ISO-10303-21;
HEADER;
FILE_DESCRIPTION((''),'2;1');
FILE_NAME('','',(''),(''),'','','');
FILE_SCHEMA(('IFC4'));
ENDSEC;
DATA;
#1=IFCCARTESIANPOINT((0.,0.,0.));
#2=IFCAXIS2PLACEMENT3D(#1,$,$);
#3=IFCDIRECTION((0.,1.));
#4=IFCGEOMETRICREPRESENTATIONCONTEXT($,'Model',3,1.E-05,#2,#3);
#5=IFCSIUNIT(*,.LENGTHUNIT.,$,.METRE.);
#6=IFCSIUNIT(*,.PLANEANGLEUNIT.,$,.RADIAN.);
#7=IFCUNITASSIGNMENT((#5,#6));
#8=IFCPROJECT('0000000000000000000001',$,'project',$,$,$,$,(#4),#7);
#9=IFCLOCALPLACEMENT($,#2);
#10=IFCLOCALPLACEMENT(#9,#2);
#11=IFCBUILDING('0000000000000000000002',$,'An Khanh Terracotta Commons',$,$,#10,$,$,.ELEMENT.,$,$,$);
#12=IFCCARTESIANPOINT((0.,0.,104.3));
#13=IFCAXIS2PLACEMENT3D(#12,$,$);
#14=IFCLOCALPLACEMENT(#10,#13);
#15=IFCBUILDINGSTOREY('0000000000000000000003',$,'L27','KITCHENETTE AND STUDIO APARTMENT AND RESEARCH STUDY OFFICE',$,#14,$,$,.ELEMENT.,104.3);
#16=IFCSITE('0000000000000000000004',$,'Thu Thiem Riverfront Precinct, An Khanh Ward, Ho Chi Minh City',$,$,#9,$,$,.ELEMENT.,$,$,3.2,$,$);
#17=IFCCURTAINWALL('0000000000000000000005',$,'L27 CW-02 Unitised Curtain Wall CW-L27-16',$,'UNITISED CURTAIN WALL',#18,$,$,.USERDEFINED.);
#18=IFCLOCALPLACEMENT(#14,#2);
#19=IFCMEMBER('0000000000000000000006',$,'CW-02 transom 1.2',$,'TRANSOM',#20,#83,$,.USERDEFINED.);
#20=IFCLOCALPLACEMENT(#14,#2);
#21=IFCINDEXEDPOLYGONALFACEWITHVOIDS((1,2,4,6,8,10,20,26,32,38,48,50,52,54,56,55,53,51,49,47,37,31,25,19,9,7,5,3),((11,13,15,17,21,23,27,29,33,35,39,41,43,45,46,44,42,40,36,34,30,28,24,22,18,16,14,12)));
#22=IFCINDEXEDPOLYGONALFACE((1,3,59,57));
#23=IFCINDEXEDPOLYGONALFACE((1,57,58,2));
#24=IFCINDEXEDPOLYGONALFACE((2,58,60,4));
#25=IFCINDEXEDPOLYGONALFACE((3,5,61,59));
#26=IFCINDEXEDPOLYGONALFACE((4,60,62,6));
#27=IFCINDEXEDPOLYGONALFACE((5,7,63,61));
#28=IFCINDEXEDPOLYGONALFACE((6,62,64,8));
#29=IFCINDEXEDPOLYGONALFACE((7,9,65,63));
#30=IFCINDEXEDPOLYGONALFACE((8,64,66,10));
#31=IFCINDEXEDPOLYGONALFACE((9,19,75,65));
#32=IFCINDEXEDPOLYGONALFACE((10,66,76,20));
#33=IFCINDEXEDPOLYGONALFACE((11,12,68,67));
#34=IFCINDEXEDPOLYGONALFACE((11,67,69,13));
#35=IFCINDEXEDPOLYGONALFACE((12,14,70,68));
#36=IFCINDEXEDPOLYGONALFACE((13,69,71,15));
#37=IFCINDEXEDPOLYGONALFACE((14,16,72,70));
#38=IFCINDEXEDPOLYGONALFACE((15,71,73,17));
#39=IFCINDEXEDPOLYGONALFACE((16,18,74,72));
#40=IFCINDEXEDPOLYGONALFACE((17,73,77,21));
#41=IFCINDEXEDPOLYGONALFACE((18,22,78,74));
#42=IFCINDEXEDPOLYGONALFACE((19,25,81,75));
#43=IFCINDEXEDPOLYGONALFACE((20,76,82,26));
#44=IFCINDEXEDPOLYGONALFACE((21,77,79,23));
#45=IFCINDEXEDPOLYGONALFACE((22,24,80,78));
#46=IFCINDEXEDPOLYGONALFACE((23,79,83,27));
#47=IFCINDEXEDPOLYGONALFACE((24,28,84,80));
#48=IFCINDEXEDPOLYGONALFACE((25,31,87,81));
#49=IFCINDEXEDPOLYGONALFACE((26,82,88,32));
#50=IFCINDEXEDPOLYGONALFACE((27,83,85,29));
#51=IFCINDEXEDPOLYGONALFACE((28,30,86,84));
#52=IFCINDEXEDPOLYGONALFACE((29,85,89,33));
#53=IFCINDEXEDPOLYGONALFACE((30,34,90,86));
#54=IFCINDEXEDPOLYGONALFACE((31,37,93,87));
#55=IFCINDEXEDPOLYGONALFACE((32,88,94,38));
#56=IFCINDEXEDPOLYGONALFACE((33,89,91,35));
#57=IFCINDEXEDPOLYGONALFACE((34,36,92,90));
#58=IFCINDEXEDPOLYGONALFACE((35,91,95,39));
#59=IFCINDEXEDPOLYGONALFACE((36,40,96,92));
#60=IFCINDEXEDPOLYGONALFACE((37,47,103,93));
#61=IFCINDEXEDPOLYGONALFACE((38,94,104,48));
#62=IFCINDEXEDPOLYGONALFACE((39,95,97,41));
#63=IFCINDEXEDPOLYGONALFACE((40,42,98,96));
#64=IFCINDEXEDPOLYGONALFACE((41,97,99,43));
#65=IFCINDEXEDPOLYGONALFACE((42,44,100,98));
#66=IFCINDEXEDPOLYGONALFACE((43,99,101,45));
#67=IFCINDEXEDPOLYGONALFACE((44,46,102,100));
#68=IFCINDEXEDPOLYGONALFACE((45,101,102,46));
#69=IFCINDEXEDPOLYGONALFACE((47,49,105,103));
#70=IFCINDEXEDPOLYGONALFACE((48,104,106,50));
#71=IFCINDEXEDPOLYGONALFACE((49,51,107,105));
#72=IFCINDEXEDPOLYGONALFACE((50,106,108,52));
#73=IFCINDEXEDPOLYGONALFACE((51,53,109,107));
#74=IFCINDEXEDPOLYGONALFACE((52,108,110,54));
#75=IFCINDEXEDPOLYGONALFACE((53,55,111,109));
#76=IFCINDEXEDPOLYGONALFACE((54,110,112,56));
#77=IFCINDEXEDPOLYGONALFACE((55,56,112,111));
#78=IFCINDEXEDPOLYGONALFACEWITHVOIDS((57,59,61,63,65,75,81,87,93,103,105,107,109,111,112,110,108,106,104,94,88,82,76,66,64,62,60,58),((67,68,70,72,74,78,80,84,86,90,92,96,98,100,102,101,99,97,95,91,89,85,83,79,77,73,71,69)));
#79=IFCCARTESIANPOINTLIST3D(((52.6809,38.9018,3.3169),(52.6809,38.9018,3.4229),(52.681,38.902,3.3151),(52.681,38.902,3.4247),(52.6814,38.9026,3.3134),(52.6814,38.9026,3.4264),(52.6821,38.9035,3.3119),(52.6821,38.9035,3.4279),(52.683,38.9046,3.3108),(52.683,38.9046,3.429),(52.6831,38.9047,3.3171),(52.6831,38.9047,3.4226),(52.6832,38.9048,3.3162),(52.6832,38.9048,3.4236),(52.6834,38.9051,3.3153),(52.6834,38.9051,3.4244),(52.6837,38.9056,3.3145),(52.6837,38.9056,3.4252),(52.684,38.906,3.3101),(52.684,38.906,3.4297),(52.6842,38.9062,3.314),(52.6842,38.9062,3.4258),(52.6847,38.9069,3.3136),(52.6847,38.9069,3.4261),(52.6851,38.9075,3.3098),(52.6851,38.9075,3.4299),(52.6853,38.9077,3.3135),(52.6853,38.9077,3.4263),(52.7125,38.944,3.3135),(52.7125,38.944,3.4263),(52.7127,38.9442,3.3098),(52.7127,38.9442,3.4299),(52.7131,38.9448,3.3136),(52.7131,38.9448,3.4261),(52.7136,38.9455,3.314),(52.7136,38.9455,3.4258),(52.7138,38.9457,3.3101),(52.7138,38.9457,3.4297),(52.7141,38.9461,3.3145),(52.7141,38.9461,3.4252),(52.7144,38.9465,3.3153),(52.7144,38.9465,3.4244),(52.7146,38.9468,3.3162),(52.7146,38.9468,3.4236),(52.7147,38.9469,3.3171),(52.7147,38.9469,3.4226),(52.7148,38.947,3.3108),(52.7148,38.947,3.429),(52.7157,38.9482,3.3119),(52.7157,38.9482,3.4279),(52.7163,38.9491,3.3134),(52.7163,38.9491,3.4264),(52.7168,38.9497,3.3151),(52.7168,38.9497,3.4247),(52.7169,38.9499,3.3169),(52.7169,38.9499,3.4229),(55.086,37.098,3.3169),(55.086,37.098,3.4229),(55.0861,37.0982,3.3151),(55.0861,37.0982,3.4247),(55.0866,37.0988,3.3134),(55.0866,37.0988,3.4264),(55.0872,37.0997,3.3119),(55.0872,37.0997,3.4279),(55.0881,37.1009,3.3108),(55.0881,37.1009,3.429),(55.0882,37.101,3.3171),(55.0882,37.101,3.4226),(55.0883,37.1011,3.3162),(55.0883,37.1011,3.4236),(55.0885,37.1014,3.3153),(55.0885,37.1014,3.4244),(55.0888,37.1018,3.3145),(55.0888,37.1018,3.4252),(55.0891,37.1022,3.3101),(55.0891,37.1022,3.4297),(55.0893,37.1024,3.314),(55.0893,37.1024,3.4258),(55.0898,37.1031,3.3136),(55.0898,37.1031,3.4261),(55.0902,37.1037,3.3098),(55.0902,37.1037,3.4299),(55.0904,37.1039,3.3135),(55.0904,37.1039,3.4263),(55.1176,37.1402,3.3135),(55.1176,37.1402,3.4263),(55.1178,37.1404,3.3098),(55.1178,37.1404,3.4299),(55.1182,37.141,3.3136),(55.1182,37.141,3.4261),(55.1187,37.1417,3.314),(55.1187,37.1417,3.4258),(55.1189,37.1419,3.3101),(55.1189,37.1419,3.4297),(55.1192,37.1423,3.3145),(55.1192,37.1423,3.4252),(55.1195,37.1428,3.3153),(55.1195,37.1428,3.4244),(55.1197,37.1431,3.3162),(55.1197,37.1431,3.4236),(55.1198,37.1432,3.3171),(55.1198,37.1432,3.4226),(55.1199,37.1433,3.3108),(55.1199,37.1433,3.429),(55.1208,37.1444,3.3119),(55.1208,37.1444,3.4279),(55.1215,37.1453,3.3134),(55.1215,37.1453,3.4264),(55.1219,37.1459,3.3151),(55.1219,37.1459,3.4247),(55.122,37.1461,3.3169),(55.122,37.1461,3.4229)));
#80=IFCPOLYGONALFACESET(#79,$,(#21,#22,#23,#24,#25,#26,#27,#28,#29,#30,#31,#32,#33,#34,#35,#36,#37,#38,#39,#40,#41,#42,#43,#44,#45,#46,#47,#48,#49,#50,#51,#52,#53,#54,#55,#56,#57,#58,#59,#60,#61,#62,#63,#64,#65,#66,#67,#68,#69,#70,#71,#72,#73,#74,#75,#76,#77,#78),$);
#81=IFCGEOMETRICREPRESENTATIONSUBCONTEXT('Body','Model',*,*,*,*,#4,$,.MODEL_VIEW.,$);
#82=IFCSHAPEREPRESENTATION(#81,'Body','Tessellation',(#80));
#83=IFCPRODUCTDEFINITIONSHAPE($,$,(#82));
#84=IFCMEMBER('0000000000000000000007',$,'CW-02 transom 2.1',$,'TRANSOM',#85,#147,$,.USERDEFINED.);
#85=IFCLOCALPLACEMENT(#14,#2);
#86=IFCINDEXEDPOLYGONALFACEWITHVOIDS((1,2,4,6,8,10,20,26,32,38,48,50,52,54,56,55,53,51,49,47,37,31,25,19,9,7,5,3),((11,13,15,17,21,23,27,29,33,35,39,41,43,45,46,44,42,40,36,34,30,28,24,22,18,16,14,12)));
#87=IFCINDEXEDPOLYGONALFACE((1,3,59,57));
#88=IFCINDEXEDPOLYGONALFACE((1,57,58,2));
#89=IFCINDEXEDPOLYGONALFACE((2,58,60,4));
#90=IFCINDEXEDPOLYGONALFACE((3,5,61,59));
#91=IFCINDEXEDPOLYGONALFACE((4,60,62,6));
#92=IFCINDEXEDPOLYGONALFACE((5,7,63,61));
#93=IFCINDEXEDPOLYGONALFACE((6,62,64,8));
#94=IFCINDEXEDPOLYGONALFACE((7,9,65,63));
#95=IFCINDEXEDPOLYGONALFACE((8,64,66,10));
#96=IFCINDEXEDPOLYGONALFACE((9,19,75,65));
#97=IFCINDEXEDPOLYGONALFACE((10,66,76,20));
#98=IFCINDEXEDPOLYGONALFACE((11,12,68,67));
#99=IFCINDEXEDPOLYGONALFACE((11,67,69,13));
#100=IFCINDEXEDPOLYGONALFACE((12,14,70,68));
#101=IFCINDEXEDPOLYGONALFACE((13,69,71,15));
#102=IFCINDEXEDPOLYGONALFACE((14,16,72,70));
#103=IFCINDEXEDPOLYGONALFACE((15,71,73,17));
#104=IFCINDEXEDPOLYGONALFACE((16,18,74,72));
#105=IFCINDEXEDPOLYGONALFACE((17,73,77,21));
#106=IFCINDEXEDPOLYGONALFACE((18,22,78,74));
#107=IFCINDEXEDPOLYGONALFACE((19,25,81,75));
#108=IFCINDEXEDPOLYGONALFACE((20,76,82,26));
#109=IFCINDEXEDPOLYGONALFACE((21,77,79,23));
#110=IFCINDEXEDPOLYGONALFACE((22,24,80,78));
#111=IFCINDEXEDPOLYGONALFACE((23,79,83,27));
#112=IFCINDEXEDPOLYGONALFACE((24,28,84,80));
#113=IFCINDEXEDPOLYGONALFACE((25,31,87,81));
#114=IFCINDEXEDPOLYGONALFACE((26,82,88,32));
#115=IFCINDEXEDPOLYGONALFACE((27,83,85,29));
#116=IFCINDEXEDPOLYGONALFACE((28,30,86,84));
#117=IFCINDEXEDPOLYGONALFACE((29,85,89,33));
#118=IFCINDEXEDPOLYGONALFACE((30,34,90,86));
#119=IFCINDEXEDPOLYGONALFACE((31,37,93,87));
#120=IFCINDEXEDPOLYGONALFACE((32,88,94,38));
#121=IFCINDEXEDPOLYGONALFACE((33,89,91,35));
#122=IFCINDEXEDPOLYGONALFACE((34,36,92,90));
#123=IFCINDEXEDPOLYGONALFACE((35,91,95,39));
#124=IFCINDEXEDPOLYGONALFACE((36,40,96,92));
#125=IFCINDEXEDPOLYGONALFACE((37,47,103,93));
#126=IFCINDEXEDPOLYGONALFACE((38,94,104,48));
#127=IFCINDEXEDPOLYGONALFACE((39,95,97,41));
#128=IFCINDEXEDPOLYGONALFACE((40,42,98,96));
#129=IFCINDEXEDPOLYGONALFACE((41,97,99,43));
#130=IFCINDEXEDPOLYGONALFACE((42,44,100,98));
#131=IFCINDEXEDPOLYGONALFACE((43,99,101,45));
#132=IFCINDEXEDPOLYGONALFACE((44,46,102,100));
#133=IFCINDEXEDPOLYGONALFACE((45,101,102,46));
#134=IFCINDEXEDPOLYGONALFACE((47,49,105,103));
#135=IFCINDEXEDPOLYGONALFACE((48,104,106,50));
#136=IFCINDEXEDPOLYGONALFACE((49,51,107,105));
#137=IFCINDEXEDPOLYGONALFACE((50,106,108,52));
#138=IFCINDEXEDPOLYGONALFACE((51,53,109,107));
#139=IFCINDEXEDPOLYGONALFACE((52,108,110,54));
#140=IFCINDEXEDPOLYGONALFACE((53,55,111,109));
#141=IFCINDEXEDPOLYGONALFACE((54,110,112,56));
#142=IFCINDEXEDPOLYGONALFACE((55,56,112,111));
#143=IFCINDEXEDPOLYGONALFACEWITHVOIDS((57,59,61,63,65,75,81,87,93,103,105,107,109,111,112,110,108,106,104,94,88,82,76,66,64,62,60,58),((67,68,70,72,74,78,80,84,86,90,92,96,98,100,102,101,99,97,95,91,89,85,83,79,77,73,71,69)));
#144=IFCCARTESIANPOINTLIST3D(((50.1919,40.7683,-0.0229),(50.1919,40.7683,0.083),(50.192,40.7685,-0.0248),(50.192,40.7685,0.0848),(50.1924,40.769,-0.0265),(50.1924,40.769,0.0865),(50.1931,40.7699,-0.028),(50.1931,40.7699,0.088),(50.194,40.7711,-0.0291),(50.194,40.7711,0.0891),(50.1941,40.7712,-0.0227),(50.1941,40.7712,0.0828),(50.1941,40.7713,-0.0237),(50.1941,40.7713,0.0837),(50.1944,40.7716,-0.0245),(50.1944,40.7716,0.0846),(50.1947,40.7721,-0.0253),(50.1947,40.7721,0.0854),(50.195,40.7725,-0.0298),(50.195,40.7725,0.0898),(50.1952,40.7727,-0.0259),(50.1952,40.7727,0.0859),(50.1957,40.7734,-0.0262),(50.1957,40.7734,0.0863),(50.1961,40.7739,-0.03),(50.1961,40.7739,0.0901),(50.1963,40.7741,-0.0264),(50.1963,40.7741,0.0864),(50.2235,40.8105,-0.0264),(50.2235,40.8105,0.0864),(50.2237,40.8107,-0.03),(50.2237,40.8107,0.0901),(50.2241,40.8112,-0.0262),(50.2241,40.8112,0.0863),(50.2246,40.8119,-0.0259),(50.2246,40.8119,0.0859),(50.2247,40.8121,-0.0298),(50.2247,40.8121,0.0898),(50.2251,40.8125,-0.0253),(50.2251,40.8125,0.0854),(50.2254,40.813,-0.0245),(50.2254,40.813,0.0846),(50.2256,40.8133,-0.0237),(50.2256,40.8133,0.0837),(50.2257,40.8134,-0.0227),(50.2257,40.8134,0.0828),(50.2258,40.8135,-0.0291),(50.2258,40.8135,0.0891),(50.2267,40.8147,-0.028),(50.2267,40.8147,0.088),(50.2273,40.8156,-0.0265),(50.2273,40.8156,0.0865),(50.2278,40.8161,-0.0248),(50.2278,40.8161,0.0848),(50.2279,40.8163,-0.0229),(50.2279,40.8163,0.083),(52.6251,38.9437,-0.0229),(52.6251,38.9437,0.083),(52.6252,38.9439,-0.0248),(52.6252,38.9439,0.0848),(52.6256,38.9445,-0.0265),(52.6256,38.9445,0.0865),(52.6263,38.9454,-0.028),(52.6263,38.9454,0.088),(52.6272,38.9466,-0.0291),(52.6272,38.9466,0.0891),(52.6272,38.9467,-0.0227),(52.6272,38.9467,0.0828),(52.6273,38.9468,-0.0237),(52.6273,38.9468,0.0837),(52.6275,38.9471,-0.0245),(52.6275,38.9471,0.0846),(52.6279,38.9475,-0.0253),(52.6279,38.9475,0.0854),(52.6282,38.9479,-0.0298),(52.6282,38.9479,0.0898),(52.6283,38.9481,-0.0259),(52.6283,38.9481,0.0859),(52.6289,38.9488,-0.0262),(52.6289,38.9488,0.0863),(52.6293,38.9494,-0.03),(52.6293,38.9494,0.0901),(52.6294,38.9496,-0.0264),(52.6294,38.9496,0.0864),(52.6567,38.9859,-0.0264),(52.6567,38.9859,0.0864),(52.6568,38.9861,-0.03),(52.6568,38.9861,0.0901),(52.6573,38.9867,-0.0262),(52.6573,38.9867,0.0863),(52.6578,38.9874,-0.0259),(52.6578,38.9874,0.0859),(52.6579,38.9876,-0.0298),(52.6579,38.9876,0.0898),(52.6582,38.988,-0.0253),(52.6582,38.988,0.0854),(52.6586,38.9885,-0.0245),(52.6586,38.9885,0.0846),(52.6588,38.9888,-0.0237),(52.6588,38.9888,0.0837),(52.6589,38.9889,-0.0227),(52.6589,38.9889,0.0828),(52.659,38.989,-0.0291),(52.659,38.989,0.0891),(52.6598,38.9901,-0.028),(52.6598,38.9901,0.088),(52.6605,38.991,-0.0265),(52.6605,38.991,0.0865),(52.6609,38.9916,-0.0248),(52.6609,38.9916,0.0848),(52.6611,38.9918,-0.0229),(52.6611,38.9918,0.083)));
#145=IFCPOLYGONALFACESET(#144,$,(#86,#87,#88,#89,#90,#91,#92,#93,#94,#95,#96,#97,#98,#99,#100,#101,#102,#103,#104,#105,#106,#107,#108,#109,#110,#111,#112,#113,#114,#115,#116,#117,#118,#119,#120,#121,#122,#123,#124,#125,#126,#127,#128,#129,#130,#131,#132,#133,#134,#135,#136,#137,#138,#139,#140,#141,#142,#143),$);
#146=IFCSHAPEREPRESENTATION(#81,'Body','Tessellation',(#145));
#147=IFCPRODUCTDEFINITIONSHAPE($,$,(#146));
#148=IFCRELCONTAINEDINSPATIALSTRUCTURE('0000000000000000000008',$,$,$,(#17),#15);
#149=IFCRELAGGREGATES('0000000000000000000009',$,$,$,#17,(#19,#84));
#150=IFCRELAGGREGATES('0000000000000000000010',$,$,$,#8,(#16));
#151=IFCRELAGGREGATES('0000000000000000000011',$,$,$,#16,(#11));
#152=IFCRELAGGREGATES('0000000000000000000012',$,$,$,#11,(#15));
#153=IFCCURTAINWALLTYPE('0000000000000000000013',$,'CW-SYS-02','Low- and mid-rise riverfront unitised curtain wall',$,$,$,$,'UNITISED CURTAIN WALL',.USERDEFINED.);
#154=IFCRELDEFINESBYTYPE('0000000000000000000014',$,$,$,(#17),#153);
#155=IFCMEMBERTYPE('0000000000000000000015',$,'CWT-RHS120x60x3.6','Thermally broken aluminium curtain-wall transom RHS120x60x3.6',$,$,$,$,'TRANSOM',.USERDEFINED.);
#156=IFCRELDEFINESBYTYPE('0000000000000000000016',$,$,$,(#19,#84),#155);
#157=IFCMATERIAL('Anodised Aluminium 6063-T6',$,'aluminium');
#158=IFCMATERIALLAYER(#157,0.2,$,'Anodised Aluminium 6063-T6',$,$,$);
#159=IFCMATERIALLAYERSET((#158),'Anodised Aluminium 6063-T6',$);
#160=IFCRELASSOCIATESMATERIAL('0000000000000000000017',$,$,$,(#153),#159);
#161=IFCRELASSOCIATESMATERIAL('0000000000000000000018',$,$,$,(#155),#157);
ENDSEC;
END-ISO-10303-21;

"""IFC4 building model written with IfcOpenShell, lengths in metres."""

from ifc_helpers import new_model, si_unit, direction, frame, origin, origin_2d, place, context, subcontext, project, spatial, hollow_rectangle, extrude, material, layer, layer_set, material_profile, profile_set, type_object, element, aggregate, save


model = new_model("IFC4")

# Units and contexts
model_context = context("Model", 3, precision=1e-05, world=origin(), true_north=direction((0.0, 1.0)))
body_context = subcontext(model_context, "Body", "Model", "MODEL_VIEW")
ifc_project = project(units=[si_unit("LENGTHUNIT", "METRE"), si_unit("PLANEANGLEUNIT", "RADIAN")], contexts=[model_context])

# Site, building, storey
site_placement = place(None, origin())
site = spatial("IfcSite", under=ifc_project, at=site_placement, Name="Thu Thiem Riverfront Precinct, An Khanh Ward, Ho Chi Minh City", CompositionType="ELEMENT", RefElevation=3.2)
building_placement = place(site_placement, origin())
building = spatial("IfcBuilding", under=site, at=building_placement, Name="An Khanh Terracotta Commons", CompositionType="ELEMENT")
storey_placement = place(building_placement, frame((0.0, 0.0, 104.3)))
storey = spatial("IfcBuildingStorey", under=building, at=storey_placement, Name="L27", Description="KITCHENETTE AND STUDIO APARTMENT AND RESEARCH STUDY OFFICE", CompositionType="ELEMENT", Elevation=104.3)

# Shared definitions
ifc_material_1 = material(Name="Anodised Aluminium 6063-T6", Category="aluminium")

# Curtain wall, members
ifc_layer_1 = layer(ifc_material_1, 0.2, Name="Anodised Aluminium 6063-T6")
ifc_layer_set_1 = layer_set([ifc_layer_1], Name="Anodised Aluminium 6063-T6")
curtain_wall_type_1 = type_object("IfcCurtainWallType", Name="CW-SYS-02", Description="Low- and mid-rise riverfront unitised curtain wall", ElementType="UNITISED CURTAIN WALL", PredefinedType="USERDEFINED", material=ifc_layer_set_1)
curtain_wall_1_placement = place(storey_placement, origin())
curtain_wall_1 = element("IfcCurtainWall", 1, at=curtain_wall_1_placement, inside=storey, type_object=curtain_wall_type_1, Name="L27 CW-02 Unitised Curtain Wall CW-L27-16", ObjectType="UNITISED CURTAIN WALL", PredefinedType="USERDEFINED")
ifc_material_profile_1 = material_profile(ifc_material_1, hollow_rectangle(XDim=0.0601, YDim=0.1201, WallThickness=0.0037, InnerFilletRadius=0.0037, OuterFilletRadius=0.0071, at=origin_2d()), Name="RHS120x60x3.6")
ifc_profile_set_1 = profile_set([ifc_material_profile_1], Name="Anodised Aluminium 6063-T6")
member_type_1 = type_object("IfcMemberType", Name="CWT-RHS120x60x3.6", Description="Thermally broken aluminium curtain-wall transom RHS120x60x3.6", ElementType="TRANSOM", PredefinedType="USERDEFINED", material=ifc_profile_set_1)
member_1_placement = place(storey_placement, frame((55.104, 37.1221, 3.3699), z_axis=(-0.80001, 0.599987, 0.0), x_axis=(-0.599987, -0.80001, 0.0)))
member_1 = element("IfcMember", 2, at=member_1_placement, type_object=member_type_1, Name="CW-02 transom 1.2", ObjectType="TRANSOM", PredefinedType="USERDEFINED", context=body_context, shape_type="SweptSolid", body=[
    extrude(hollow_rectangle(XDim=0.0601, YDim=0.1201, WallThickness=0.0037, InnerFilletRadius=0.0037, OuterFilletRadius=0.0071, at=origin_2d()), origin(), (0.0, 0.0, 1.0), 3.0063),
])
member_2_placement = place(storey_placement, frame((52.6431, 38.9678, 0.03), z_axis=(-0.800058, 0.599923, 0.0), x_axis=(-0.599923, -0.800058, 0.0)))
member_2 = element("IfcMember", 3, at=member_2_placement, type_object=member_type_1, Name="CW-02 transom 2.1", ObjectType="TRANSOM", PredefinedType="USERDEFINED", context=body_context, shape_type="SweptSolid", body=[
    extrude(hollow_rectangle(XDim=0.0601, YDim=0.1201, WallThickness=0.0037, InnerFilletRadius=0.0037, OuterFilletRadius=0.0071, at=origin_2d()), origin(), (0.0, 0.0, 1.0), 3.0413),
])

aggregate(curtain_wall_1, [member_1, member_2])

save(model, "model.ifc")
